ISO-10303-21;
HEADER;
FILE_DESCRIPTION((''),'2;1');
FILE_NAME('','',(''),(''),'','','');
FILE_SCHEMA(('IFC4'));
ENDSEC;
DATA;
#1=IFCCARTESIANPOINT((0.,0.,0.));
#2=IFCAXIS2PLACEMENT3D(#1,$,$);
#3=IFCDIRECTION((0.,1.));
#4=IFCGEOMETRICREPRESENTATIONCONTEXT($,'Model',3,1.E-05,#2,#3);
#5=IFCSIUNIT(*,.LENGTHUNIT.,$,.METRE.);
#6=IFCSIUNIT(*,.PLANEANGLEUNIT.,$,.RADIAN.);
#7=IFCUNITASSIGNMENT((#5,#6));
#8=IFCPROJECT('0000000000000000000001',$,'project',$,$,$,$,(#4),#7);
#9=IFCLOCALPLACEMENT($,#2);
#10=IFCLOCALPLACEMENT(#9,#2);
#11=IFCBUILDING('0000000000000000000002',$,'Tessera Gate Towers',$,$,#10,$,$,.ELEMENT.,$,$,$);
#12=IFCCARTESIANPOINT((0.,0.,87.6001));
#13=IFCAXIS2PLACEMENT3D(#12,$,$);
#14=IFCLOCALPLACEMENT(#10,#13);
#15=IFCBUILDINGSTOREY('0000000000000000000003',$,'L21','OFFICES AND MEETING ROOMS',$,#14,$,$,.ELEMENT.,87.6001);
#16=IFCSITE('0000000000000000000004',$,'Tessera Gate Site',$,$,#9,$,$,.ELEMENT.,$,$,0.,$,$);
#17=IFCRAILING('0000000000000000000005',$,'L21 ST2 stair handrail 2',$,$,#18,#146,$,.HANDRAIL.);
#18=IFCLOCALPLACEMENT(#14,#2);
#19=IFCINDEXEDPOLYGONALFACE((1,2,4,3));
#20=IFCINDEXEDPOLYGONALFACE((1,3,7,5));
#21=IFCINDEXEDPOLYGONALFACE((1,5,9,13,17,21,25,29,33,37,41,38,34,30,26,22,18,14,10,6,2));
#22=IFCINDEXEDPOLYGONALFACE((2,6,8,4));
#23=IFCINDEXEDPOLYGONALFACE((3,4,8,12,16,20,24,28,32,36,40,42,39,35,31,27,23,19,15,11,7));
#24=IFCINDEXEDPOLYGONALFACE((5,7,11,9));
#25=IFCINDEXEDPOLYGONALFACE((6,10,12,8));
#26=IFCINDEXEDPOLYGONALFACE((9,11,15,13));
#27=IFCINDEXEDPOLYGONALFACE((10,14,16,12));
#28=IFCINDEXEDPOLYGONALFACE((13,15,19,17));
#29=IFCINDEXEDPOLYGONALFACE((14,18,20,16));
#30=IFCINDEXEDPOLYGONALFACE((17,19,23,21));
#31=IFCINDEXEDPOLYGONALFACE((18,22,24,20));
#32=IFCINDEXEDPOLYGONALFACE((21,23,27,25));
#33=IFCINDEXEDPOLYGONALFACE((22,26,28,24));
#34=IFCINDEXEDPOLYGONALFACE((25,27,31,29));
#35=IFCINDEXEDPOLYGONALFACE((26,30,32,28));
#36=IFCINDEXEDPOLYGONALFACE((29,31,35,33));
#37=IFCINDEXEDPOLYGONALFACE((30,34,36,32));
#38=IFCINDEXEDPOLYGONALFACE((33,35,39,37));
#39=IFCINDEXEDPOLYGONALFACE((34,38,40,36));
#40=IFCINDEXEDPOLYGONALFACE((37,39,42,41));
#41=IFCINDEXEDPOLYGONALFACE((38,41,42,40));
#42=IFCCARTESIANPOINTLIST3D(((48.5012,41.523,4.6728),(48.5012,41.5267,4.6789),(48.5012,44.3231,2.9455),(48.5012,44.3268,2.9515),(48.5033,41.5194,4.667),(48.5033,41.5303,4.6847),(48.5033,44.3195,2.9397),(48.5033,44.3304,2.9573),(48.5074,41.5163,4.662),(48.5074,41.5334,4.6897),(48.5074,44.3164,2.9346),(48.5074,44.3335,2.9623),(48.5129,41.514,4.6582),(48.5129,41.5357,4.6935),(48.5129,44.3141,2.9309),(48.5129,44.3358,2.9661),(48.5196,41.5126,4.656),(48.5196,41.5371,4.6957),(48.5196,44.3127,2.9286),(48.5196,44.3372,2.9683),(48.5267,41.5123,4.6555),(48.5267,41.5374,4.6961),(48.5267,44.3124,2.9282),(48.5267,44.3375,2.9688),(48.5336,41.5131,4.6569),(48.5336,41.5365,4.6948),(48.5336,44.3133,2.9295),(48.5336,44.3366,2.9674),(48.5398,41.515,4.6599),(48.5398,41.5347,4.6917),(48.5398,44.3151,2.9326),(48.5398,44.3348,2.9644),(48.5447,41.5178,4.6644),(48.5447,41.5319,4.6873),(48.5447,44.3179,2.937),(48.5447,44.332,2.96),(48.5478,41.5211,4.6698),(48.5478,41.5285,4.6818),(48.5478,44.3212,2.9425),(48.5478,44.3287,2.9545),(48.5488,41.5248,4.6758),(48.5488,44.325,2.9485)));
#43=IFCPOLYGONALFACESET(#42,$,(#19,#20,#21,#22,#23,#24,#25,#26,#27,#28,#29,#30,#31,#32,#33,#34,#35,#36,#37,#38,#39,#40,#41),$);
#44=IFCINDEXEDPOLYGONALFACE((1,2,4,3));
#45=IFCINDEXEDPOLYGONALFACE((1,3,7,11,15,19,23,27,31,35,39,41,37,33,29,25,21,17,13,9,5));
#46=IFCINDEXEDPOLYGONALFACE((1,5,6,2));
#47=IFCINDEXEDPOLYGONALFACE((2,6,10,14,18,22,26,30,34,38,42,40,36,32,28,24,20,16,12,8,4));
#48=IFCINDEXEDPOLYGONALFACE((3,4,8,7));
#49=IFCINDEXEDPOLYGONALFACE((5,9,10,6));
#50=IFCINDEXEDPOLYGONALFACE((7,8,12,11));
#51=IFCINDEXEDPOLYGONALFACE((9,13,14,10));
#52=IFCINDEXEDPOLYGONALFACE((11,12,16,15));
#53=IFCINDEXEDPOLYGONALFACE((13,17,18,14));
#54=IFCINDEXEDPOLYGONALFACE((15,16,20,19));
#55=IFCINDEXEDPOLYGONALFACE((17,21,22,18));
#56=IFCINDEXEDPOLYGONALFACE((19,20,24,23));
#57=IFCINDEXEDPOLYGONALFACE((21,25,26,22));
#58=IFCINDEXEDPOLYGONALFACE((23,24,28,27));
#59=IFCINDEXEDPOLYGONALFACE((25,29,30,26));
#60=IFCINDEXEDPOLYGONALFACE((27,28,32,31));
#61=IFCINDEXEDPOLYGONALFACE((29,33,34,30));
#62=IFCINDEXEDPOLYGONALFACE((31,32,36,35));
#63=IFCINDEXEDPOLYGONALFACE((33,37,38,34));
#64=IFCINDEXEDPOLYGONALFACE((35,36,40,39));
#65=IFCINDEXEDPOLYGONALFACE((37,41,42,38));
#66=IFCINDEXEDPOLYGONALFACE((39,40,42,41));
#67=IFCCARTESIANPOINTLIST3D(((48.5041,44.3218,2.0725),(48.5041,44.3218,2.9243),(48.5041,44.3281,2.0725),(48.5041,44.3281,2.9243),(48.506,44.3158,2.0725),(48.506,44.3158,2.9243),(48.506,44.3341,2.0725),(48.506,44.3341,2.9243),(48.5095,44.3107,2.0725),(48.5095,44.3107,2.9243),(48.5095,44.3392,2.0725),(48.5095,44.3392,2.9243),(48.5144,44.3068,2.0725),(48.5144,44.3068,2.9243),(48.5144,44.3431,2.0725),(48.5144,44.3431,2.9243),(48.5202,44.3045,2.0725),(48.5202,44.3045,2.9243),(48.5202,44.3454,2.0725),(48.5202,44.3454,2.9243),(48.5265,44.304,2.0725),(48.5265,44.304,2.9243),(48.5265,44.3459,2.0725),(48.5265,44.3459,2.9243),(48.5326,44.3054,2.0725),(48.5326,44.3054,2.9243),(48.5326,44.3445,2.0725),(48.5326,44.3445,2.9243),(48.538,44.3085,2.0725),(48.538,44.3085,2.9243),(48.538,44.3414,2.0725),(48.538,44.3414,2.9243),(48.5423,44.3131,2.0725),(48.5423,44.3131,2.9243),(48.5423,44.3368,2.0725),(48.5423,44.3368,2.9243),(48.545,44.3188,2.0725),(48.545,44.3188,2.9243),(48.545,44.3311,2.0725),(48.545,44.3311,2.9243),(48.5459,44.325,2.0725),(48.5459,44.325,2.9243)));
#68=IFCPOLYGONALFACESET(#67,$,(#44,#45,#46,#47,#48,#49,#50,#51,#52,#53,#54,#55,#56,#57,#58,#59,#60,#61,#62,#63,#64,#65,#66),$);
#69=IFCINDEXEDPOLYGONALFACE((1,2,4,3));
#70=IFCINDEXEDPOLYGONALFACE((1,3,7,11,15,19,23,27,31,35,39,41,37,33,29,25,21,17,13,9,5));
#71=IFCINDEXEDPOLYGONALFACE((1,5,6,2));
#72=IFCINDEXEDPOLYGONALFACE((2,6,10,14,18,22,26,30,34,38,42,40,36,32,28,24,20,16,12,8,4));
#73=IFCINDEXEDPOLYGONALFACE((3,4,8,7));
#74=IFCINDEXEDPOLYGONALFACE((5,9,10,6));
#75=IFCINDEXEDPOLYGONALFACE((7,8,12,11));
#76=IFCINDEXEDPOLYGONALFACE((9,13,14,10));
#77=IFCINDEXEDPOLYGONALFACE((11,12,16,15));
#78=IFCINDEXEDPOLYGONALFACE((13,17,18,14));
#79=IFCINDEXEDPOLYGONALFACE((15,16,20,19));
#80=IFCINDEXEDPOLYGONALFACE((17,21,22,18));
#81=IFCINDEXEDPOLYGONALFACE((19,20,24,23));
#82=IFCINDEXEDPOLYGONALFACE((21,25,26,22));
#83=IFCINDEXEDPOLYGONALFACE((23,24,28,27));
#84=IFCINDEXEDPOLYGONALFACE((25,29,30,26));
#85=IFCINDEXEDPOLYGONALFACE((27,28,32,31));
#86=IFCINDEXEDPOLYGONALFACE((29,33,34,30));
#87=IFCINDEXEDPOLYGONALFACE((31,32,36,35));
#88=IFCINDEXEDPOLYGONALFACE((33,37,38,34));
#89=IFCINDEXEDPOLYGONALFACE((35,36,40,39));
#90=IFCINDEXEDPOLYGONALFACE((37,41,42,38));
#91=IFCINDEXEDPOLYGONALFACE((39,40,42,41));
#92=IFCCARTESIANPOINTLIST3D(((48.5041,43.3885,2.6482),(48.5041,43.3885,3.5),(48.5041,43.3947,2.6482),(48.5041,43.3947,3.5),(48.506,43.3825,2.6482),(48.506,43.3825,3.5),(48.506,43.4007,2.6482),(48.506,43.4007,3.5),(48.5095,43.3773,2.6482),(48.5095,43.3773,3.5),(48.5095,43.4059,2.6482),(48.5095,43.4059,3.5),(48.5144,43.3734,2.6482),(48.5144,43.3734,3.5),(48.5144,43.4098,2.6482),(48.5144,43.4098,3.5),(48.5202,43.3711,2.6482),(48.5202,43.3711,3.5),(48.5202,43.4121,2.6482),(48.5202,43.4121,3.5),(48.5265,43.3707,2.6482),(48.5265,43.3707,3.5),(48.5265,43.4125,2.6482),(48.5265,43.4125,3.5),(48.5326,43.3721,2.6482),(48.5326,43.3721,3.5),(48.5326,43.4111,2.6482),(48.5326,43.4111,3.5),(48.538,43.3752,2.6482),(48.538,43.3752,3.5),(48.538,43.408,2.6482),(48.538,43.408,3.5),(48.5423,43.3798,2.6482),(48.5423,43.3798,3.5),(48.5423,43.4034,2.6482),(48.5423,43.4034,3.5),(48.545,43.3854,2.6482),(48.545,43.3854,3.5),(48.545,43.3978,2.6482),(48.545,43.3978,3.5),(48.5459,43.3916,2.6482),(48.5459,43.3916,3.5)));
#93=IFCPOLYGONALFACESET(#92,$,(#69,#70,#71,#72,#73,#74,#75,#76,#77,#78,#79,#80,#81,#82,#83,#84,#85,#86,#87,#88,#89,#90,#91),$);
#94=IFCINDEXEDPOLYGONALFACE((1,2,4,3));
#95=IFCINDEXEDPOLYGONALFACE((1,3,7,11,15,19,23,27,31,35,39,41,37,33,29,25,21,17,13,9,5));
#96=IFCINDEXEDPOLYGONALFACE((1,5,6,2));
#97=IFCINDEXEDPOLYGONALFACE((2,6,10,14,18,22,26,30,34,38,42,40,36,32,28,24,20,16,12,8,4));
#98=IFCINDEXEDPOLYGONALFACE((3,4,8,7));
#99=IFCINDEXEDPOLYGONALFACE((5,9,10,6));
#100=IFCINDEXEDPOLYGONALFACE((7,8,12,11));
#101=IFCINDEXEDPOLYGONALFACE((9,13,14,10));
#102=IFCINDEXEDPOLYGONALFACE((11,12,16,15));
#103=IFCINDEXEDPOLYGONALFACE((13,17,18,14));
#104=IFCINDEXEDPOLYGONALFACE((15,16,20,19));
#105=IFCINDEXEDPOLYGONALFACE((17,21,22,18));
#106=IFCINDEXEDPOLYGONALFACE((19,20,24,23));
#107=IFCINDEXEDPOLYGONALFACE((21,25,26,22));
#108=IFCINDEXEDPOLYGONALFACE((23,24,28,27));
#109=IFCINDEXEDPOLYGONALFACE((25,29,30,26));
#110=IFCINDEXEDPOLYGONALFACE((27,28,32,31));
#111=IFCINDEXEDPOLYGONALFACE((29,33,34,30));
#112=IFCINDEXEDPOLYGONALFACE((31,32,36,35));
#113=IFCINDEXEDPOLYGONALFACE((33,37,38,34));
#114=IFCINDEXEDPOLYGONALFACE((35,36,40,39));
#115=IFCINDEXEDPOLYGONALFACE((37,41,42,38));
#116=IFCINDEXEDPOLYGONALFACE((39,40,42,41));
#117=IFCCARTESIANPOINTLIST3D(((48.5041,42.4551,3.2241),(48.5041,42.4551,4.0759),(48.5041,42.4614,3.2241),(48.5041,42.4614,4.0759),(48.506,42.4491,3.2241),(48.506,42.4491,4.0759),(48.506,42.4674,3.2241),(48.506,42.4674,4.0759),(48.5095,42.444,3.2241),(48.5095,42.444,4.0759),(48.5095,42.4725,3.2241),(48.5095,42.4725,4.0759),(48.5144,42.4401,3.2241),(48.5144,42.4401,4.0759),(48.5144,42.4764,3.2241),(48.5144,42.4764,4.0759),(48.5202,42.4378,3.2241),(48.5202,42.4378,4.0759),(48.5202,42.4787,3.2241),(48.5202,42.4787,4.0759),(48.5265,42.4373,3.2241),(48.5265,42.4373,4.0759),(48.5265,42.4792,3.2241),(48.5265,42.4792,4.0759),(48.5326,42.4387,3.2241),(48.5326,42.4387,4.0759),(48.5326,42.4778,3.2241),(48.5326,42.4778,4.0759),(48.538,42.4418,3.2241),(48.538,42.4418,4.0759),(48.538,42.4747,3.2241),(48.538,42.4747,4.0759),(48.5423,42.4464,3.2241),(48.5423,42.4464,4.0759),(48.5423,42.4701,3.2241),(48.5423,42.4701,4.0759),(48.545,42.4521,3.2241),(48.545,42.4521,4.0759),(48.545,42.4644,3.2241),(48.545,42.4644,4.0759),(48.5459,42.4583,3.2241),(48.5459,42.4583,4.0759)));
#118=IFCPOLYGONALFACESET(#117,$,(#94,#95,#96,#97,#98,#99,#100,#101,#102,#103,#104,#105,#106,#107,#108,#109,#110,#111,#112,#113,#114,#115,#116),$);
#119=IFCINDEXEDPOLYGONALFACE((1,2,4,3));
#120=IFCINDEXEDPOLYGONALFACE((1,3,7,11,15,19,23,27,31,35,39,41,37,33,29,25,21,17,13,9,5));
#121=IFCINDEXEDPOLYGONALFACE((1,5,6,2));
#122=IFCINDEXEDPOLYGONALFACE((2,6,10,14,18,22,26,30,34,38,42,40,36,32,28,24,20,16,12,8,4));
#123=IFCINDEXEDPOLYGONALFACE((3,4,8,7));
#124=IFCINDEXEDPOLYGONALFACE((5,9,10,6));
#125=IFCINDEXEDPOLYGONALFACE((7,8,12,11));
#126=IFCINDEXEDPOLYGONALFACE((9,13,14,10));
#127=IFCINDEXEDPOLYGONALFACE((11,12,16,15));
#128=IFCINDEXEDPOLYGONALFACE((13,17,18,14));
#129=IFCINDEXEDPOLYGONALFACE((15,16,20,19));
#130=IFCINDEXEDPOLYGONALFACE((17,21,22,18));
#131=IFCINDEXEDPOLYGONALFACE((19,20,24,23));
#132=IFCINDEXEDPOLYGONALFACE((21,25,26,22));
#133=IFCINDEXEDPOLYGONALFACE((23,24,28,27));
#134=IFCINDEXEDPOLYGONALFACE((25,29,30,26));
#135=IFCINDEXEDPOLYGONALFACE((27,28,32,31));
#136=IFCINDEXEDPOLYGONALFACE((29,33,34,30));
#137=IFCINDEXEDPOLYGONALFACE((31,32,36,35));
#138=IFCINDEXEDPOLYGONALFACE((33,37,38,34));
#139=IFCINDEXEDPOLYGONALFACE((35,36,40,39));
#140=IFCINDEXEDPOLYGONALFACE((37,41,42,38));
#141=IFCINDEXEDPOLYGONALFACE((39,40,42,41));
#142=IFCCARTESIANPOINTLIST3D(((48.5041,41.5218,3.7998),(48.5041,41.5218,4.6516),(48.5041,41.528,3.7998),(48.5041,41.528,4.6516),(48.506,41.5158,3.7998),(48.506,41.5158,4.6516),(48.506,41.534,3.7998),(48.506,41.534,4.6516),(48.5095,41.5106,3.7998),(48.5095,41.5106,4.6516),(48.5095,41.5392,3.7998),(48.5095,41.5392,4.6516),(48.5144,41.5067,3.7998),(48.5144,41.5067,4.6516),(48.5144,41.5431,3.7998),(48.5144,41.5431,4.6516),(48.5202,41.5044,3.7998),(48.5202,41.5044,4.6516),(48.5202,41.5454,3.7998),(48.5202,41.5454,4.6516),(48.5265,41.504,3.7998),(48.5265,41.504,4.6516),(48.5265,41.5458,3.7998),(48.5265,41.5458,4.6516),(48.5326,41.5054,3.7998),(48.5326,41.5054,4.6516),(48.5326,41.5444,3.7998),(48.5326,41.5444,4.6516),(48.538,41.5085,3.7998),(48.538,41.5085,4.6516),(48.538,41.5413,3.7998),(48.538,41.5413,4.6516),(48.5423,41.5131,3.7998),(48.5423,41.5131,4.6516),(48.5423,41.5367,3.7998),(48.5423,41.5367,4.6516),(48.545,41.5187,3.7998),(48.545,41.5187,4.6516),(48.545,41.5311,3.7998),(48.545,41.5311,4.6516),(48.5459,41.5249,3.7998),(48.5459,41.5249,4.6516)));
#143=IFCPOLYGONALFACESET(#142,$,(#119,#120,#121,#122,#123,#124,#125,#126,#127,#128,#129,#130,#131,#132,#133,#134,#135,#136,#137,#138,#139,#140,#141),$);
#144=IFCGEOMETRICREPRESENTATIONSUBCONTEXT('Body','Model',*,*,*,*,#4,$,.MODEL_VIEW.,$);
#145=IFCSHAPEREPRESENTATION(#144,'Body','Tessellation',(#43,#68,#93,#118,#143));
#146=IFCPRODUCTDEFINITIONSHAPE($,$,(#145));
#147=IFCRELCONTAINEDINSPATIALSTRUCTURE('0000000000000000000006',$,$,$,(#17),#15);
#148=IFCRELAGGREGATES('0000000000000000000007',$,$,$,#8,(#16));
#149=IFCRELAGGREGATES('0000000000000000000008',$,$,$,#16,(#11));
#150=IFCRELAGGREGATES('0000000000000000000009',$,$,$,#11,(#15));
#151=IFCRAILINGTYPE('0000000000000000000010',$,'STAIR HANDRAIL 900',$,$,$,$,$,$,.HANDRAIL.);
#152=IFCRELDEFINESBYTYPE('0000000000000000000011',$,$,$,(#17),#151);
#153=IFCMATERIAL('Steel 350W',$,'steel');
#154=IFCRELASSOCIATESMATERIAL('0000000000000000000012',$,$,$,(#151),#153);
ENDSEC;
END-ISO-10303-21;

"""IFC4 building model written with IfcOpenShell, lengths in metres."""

from ifc_helpers import new_model, si_unit, direction, frame, origin, origin_2d, place, context, subcontext, project, spatial, circle, extrude, material, type_object, element, save


model = new_model("IFC4")

# Units and contexts
model_context = context("Model", 3, precision=1e-05, world=origin(), true_north=direction((0.0, 1.0)))
body_context = subcontext(model_context, "Body", "Model", "MODEL_VIEW")
ifc_project = project(units=[si_unit("LENGTHUNIT", "METRE"), si_unit("PLANEANGLEUNIT", "RADIAN")], contexts=[model_context])

# Site, building, storey
site_placement = place(None, origin())
site = spatial("IfcSite", under=ifc_project, at=site_placement, Name="Tessera Gate Site", CompositionType="ELEMENT", RefElevation=0.0)
building_placement = place(site_placement, origin())
building = spatial("IfcBuilding", under=site, at=building_placement, Name="Tessera Gate Towers", CompositionType="ELEMENT")
storey_placement = place(building_placement, frame((0.0, 0.0, 87.6001)))
storey = spatial("IfcBuildingStorey", under=building, at=storey_placement, Name="L21", Description="OFFICES AND MEETING ROOMS", CompositionType="ELEMENT", Elevation=87.6001)

# Railing
ifc_material_1 = material(Name="Steel 350W", Category="steel")
railing_type_1 = type_object("IfcRailingType", Name="STAIR HANDRAIL 900", PredefinedType="HANDRAIL", material=ifc_material_1)
railing_1_placement = place(storey_placement, frame((48.5249, 44.325, 2.0725)))
element("IfcRailing", 1, at=railing_1_placement, inside=storey, type_object=railing_type_1, Name="L21 ST2 stair handrail 2", PredefinedType="HANDRAIL", context=body_context, shape_type="SweptSolid", body=[
    extrude(circle(Radius=0.0239, at=origin_2d()), frame((0.0, 0.0, 0.876), z_axis=(0.0, -0.85109, 0.52502), x_axis=(1.0, 0.0, 0.0)), (0.0, 0.0, 1.0), 3.29),
    extrude(circle(Radius=0.021, at=origin_2d()), origin(), (0.0, 0.0, 1.0), 0.8518),
    extrude(circle(Radius=0.021, at=origin_2d()), frame((0.0, -0.9333, 0.5757)), (0.0, 0.0, 1.0), 0.8518),
    extrude(circle(Radius=0.021, at=origin_2d()), frame((0.0, -1.8667, 1.1516)), (0.0, 0.0, 1.0), 0.8518),
    extrude(circle(Radius=0.021, at=origin_2d()), frame((0.0, -2.8, 1.7273)), (0.0, 0.0, 1.0), 0.8518),
])

save(model, "model.ifc")
